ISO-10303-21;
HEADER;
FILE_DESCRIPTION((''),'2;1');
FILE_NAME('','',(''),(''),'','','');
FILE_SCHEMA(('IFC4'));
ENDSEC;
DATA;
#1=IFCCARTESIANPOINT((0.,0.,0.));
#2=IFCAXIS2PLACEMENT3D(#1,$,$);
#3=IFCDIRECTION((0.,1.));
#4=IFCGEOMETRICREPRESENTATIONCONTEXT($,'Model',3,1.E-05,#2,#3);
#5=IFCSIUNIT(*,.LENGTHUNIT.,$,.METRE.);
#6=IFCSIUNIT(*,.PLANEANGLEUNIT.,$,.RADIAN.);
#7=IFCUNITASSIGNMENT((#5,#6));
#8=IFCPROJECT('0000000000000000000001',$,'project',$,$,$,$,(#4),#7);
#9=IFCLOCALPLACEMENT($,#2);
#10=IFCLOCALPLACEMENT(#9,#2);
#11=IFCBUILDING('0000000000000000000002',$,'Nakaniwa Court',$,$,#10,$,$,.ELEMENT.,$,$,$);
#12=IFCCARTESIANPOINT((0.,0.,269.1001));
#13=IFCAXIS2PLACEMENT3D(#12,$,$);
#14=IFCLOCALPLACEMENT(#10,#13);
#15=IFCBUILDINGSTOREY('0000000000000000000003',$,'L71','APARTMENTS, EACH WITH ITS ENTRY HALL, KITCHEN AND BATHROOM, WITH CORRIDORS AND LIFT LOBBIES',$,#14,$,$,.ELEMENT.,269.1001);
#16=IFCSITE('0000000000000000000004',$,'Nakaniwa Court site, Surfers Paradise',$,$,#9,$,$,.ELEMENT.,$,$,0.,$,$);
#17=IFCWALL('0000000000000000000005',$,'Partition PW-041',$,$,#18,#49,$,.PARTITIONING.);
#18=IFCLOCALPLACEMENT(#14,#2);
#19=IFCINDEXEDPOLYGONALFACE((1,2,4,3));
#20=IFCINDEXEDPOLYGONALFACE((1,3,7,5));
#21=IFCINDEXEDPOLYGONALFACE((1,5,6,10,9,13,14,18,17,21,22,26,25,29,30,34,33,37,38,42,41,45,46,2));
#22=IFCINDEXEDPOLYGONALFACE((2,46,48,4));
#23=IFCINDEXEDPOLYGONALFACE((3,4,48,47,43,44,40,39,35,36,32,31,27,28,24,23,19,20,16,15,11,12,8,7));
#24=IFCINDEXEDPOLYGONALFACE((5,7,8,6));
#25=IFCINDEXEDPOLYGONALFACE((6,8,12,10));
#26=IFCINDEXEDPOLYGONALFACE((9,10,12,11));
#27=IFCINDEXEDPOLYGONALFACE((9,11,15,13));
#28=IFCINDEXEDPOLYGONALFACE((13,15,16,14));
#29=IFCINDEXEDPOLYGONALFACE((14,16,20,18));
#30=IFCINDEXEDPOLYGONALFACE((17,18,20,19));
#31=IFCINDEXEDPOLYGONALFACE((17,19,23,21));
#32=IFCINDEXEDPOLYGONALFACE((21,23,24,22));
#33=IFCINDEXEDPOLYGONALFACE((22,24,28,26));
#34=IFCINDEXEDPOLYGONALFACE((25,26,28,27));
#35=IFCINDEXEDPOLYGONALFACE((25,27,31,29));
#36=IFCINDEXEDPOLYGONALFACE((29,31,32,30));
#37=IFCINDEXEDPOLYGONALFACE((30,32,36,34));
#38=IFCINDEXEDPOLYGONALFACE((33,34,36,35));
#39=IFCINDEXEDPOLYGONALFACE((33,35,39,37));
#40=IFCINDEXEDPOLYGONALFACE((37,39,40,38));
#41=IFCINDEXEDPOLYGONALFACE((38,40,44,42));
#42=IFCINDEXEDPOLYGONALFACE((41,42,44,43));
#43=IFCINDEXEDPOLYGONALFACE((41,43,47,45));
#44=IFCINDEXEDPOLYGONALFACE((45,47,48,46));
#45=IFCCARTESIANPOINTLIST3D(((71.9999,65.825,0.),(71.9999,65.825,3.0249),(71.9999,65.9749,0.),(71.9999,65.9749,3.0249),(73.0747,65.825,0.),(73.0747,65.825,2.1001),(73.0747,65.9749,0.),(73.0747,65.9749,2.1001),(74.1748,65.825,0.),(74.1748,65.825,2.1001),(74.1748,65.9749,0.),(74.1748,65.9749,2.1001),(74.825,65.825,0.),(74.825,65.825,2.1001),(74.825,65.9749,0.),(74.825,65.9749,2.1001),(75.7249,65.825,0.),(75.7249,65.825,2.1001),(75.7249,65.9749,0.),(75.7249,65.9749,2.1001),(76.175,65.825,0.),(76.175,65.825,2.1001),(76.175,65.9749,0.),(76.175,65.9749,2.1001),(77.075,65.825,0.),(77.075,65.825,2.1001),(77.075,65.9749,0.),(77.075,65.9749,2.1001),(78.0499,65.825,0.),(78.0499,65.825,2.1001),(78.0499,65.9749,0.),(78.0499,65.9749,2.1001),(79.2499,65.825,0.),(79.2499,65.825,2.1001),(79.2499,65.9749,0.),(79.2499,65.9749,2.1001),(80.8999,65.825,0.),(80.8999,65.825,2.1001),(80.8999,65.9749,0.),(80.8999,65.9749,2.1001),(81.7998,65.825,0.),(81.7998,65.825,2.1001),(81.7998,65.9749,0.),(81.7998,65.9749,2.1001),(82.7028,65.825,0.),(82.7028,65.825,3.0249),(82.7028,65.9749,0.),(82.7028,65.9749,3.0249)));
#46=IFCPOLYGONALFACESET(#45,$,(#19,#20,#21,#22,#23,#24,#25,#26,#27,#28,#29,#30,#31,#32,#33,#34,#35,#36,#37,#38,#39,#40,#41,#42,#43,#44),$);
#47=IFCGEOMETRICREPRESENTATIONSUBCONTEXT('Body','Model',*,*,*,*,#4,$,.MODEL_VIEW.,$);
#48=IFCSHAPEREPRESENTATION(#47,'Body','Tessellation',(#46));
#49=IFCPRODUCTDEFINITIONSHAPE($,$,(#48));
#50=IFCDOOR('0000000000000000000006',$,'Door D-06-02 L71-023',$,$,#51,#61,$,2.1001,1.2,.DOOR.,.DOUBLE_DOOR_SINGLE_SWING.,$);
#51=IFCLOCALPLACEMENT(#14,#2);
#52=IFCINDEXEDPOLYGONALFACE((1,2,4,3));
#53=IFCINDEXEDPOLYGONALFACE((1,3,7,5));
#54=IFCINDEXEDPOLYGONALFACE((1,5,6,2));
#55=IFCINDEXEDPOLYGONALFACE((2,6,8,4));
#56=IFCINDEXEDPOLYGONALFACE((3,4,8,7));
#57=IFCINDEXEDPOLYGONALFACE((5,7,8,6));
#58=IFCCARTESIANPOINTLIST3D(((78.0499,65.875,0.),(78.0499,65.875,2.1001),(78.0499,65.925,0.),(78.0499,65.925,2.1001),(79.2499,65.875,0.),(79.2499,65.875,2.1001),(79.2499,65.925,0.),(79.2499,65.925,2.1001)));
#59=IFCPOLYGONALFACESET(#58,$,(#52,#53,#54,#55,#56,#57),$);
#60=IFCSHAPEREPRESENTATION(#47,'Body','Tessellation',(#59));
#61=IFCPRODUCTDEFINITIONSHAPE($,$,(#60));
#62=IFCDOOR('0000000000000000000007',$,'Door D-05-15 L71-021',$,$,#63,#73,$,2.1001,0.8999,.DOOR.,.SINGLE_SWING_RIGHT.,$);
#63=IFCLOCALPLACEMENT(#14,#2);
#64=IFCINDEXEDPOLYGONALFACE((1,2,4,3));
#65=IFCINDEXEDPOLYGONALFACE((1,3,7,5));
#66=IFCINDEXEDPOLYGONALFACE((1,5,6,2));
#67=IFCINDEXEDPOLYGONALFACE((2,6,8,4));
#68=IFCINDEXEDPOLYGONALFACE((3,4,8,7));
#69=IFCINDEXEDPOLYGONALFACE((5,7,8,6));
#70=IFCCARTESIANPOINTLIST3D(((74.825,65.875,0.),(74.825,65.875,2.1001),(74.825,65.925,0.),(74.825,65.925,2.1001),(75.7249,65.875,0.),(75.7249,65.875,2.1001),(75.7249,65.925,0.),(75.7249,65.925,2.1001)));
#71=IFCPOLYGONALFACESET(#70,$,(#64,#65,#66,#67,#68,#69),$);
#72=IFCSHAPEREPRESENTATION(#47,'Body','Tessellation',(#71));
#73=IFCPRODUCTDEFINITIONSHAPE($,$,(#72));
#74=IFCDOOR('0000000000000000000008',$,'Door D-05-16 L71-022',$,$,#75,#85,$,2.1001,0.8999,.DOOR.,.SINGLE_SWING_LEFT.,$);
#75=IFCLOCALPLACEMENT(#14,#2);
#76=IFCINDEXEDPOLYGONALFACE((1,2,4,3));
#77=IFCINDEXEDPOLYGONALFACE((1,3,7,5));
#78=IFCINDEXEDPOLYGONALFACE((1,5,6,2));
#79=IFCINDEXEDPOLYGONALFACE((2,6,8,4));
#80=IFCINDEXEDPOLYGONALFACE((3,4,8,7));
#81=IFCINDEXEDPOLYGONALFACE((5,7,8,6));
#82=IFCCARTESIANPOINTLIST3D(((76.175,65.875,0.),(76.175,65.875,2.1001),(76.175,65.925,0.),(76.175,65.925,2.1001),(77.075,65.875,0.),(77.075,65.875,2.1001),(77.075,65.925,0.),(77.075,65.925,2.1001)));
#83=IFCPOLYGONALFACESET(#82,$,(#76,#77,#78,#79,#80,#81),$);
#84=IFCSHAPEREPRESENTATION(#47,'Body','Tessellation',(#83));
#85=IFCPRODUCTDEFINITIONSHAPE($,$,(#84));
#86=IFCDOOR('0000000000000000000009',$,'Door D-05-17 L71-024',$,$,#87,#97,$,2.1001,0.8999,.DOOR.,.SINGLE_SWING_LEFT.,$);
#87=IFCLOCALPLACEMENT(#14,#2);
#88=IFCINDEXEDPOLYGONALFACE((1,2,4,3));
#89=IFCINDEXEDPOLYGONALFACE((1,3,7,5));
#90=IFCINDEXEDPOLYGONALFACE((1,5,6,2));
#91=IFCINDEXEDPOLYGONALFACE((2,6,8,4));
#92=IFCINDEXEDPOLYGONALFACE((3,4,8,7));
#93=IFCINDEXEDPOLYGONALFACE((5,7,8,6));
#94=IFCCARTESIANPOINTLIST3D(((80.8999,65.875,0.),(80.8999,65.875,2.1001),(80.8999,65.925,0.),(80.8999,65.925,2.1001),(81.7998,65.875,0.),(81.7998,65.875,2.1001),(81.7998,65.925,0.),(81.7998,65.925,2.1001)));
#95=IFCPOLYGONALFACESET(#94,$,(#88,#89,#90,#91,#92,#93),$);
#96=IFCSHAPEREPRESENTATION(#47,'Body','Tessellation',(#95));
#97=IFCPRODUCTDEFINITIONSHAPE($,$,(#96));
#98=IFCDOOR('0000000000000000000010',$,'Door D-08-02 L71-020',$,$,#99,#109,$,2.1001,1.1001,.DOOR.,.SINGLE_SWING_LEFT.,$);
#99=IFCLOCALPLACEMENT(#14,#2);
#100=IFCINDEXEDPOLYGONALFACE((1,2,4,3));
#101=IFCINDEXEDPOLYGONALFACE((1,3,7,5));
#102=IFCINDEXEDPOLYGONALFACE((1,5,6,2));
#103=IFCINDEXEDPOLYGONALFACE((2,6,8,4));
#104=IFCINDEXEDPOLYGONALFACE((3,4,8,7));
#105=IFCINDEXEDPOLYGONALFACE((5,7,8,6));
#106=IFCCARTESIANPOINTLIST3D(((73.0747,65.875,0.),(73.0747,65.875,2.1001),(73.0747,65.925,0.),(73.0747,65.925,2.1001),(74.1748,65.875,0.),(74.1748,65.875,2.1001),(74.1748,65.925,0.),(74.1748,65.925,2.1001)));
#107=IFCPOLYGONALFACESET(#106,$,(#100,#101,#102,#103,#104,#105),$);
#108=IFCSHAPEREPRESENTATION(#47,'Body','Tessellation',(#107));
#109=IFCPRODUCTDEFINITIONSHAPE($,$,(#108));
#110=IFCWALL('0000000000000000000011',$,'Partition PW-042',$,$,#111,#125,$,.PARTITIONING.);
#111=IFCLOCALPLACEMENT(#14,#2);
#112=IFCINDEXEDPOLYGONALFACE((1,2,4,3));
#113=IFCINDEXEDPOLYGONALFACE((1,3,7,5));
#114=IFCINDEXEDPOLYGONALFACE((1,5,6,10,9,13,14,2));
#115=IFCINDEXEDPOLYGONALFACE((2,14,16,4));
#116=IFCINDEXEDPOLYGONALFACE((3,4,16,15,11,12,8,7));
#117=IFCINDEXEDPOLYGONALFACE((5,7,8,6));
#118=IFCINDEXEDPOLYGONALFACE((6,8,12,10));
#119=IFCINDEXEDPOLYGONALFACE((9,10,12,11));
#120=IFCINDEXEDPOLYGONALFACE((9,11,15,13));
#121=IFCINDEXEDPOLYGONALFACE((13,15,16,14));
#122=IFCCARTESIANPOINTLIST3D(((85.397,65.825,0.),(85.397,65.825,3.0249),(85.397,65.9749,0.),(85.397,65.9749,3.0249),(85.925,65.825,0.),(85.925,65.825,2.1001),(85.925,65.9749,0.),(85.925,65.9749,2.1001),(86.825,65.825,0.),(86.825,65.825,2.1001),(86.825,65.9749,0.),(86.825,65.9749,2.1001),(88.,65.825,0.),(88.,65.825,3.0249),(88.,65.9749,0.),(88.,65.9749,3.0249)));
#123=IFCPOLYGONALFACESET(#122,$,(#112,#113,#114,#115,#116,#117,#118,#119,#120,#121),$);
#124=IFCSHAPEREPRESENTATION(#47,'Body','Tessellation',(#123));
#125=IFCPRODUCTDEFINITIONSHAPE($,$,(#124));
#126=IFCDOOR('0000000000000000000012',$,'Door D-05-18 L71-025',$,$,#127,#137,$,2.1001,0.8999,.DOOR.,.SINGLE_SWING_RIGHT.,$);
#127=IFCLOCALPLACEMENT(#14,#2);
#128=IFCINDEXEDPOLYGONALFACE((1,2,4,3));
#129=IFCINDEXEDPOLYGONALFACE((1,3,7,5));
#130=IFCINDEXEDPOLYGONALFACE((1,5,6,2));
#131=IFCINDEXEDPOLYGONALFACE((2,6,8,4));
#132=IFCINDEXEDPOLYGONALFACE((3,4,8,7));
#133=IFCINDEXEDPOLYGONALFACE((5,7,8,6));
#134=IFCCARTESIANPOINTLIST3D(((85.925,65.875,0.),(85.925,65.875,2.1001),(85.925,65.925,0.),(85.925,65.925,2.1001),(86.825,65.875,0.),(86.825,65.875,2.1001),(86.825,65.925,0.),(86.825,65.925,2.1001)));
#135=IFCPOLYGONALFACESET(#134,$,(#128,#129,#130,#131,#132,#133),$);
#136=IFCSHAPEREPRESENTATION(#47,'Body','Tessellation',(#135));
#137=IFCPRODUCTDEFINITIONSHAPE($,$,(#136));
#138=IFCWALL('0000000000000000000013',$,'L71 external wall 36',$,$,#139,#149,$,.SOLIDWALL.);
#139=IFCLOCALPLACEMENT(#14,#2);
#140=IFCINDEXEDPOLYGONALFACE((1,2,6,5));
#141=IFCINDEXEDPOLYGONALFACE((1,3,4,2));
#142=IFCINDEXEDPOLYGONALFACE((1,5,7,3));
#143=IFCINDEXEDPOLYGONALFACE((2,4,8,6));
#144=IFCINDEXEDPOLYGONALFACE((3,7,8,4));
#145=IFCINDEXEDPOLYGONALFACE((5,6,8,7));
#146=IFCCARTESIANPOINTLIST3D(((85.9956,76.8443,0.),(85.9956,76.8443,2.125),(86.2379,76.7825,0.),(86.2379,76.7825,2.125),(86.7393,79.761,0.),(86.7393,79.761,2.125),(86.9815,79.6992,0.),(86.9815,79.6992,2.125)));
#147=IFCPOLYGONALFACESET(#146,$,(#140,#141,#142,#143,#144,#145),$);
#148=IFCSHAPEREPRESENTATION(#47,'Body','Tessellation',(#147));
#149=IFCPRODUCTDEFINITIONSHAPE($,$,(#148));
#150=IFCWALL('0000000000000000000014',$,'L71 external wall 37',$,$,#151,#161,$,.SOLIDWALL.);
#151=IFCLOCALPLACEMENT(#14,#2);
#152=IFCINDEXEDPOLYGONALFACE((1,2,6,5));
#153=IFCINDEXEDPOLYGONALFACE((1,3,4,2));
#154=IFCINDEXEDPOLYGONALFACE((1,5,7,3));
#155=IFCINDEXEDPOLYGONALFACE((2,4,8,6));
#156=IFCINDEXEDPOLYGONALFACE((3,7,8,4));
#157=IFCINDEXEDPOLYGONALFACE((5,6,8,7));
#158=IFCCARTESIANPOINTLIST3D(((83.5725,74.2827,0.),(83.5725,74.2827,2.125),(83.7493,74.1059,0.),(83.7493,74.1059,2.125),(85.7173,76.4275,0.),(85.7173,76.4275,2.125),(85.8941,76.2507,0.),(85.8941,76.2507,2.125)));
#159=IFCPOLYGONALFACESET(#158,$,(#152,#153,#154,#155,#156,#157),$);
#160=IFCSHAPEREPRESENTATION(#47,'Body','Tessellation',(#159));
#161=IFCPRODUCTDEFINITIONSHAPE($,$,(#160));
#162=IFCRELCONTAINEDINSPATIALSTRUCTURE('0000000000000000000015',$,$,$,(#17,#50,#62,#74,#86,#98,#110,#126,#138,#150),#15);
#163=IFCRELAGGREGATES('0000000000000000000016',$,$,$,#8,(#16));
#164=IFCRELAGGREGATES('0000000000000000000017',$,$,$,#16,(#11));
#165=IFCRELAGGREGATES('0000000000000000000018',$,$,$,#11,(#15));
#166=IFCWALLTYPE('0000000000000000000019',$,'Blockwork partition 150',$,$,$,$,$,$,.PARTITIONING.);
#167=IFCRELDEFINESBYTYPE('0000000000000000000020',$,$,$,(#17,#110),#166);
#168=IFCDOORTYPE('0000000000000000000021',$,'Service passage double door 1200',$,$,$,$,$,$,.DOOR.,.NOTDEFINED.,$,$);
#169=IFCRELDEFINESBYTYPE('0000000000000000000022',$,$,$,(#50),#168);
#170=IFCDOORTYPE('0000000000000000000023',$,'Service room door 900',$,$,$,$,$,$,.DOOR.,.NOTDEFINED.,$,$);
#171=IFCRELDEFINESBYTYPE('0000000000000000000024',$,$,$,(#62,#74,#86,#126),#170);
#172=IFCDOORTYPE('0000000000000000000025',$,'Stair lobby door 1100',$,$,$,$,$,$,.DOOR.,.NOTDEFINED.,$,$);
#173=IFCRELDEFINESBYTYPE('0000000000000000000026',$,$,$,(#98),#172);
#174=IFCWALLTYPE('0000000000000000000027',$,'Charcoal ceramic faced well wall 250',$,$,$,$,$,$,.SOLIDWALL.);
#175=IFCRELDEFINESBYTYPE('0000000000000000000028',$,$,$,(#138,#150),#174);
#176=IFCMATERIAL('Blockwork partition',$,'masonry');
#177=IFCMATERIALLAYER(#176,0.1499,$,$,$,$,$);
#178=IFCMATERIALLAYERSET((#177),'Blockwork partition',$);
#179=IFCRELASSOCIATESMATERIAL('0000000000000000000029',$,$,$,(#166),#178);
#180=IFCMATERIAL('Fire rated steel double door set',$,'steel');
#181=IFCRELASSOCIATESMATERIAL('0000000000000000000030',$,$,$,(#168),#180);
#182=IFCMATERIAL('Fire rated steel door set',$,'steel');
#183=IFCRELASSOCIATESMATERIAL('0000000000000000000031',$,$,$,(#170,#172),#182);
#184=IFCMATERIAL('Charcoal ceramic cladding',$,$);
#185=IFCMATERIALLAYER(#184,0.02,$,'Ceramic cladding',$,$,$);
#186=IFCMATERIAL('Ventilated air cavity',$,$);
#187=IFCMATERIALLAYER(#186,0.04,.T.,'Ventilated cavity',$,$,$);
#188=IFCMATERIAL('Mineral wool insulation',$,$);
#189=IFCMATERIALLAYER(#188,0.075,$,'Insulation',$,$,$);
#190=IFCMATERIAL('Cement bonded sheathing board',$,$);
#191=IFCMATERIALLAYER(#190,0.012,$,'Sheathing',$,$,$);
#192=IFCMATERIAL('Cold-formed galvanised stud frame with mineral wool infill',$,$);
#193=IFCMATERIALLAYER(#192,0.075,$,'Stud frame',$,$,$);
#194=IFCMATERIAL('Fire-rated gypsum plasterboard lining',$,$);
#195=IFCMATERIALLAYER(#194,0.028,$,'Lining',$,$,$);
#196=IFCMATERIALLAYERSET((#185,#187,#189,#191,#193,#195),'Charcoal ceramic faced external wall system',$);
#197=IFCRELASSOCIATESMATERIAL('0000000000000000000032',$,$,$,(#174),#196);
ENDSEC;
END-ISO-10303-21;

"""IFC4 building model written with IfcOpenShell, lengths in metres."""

from ifc_helpers import new_model, si_unit, direction, frame, frame_2d, origin, place, context, subcontext, project, spatial, rectangle, extrude, material, layer, layer_set, type_object, element, fill, save


model = new_model("IFC4")

# Units and contexts
model_context = context("Model", 3, precision=1e-05, world=origin(), true_north=direction((0.0, 1.0)))
body_context = subcontext(model_context, "Body", "Model", "MODEL_VIEW")
ifc_project = project(units=[si_unit("LENGTHUNIT", "METRE"), si_unit("PLANEANGLEUNIT", "RADIAN")], contexts=[model_context])

# Site, building, storey
site_placement = place(None, origin())
site = spatial("IfcSite", under=ifc_project, at=site_placement, Name="Nakaniwa Court site, Surfers Paradise", CompositionType="ELEMENT", RefElevation=0.0)
building_placement = place(site_placement, origin())
building = spatial("IfcBuilding", under=site, at=building_placement, Name="Nakaniwa Court", CompositionType="ELEMENT")
storey_placement = place(building_placement, frame((0.0, 0.0, 269.1001)))
storey = spatial("IfcBuildingStorey", under=building, at=storey_placement, Name="L71", Description="APARTMENTS, EACH WITH ITS ENTRY HALL, KITCHEN AND BATHROOM, WITH CORRIDORS AND LIFT LOBBIES", CompositionType="ELEMENT", Elevation=269.1001)

# Shared definitions
ifc_material_1 = material(Name="Blockwork partition", Category="masonry")
ifc_layer_1 = layer(ifc_material_1, 0.1499)
ifc_layer_set_1 = layer_set([ifc_layer_1], Name="Blockwork partition")
wall_type_1 = type_object("IfcWallType", Name="Blockwork partition 150", PredefinedType="PARTITIONING", material=ifc_layer_set_1)

# Wall, openings, doors
wall_1_placement = place(storey_placement, frame((82.7029, 65.8999, 0.0), z_axis=(0.0, 0.0, 1.0), x_axis=(-1.0, 0.0, 0.0)))
wall_1 = element("IfcWall", 1, at=wall_1_placement, inside=storey, type_object=wall_type_1, Name="Partition PW-041", PredefinedType="PARTITIONING", context=body_context, shape_type="SweptSolid", body=[
    extrude(rectangle(XDim=10.7029, YDim=0.1499, at=frame_2d((5.3516, 0.0))), origin(), (0.0, 0.0, 1.0), 3.0249),
])
opening_1_placement = place(wall_1_placement, frame((8.5281, 0.0, 0.0)))
opening_1 = element("IfcOpeningElement", 2, at=opening_1_placement, cuts=wall_1, PredefinedType="OPENING", context=body_context, shape_type="SweptSolid", body=[
    extrude(rectangle(XDim=1.1001, YDim=2.1001, at=frame_2d((0.55, 1.05))), frame((0.0, 0.085, 0.0), z_axis=(0.0, -1.0, 0.0), x_axis=(1.0, 0.0, 0.0)), (0.0, 0.0, 1.0), 0.1699),
])
opening_2_placement = place(wall_1_placement, frame((6.978, 0.0, 0.0)))
opening_2 = element("IfcOpeningElement", 3, at=opening_2_placement, cuts=wall_1, PredefinedType="OPENING", context=body_context, shape_type="SweptSolid", body=[
    extrude(rectangle(XDim=0.8999, YDim=2.1001, at=frame_2d((0.45, 1.05))), frame((0.0, 0.085, 0.0), z_axis=(0.0, -1.0, 0.0), x_axis=(1.0, 0.0, 0.0)), (0.0, 0.0, 1.0), 0.1699),
])
opening_3_placement = place(wall_1_placement, frame((5.6279, 0.0, 0.0)))
opening_3 = element("IfcOpeningElement", 4, at=opening_3_placement, cuts=wall_1, PredefinedType="OPENING", context=body_context, shape_type="SweptSolid", body=[
    extrude(rectangle(XDim=0.8999, YDim=2.1001, at=frame_2d((0.45, 1.05))), frame((0.0, 0.085, 0.0), z_axis=(0.0, -1.0, 0.0), x_axis=(1.0, 0.0, 0.0)), (0.0, 0.0, 1.0), 0.1699),
])
opening_4_placement = place(wall_1_placement, frame((3.4529, 0.0, 0.0)))
opening_4 = element("IfcOpeningElement", 5, at=opening_4_placement, cuts=wall_1, PredefinedType="OPENING", context=body_context, shape_type="SweptSolid", body=[
    extrude(rectangle(XDim=1.2, YDim=2.1001, at=frame_2d((0.6001, 1.05))), frame((0.0, 0.085, 0.0), z_axis=(0.0, -1.0, 0.0), x_axis=(1.0, 0.0, 0.0)), (0.0, 0.0, 1.0), 0.1699),
])
opening_5_placement = place(wall_1_placement, frame((0.9031, 0.0, 0.0)))
opening_5 = element("IfcOpeningElement", 6, at=opening_5_placement, cuts=wall_1, PredefinedType="OPENING", context=body_context, shape_type="SweptSolid", body=[
    extrude(rectangle(XDim=0.8999, YDim=2.1001, at=frame_2d((0.45, 1.05))), frame((0.0, 0.085, 0.0), z_axis=(0.0, -1.0, 0.0), x_axis=(1.0, 0.0, 0.0)), (0.0, 0.0, 1.0), 0.1699),
])
ifc_material_2 = material(Name="Fire rated steel double door set", Category="steel")
door_type_1 = type_object("IfcDoorType", Name="Service passage double door 1200", OperationType="NOTDEFINED", PredefinedType="DOOR", material=ifc_material_2)
door_1_placement = place(opening_4_placement, origin())
door_1 = element("IfcDoor", 7, at=door_1_placement, inside=storey, type_object=door_type_1, Name="Door D-06-02 L71-023", OperationType="DOUBLE_DOOR_SINGLE_SWING", OverallHeight=2.1001, OverallWidth=1.2, PredefinedType="DOOR", context=body_context, shape_type="SweptSolid", body=[
    extrude(rectangle(XDim=1.2, YDim=2.1001, at=frame_2d((0.6001, 1.05))), frame((0.0, 0.0249, 0.0), z_axis=(0.0, -1.0, 0.0), x_axis=(1.0, 0.0, 0.0)), (0.0, 0.0, 1.0), 0.05),
])
fill(opening_4, door_1)
ifc_material_3 = material(Name="Fire rated steel door set", Category="steel")
door_type_2 = type_object("IfcDoorType", Name="Service room door 900", OperationType="NOTDEFINED", PredefinedType="DOOR", material=ifc_material_3)
door_2_placement = place(opening_2_placement, origin())
door_2 = element("IfcDoor", 8, at=door_2_placement, inside=storey, type_object=door_type_2, Name="Door D-05-15 L71-021", OperationType="SINGLE_SWING_RIGHT", OverallHeight=2.1001, OverallWidth=0.8999, PredefinedType="DOOR", context=body_context, shape_type="SweptSolid", body=[
    extrude(rectangle(XDim=0.8999, YDim=2.1001, at=frame_2d((0.45, 1.05))), frame((0.0, 0.0249, 0.0), z_axis=(0.0, -1.0, 0.0), x_axis=(1.0, 0.0, 0.0)), (0.0, 0.0, 1.0), 0.05),
])
fill(opening_2, door_2)
door_3_placement = place(opening_3_placement, origin())
door_3 = element("IfcDoor", 9, at=door_3_placement, inside=storey, type_object=door_type_2, Name="Door D-05-16 L71-022", OperationType="SINGLE_SWING_LEFT", OverallHeight=2.1001, OverallWidth=0.8999, PredefinedType="DOOR", context=body_context, shape_type="SweptSolid", body=[
    extrude(rectangle(XDim=0.8999, YDim=2.1001, at=frame_2d((0.45, 1.05))), frame((0.0, 0.0249, 0.0), z_axis=(0.0, -1.0, 0.0), x_axis=(1.0, 0.0, 0.0)), (0.0, 0.0, 1.0), 0.05),
])
fill(opening_3, door_3)
door_4_placement = place(opening_5_placement, origin())
door_4 = element("IfcDoor", 10, at=door_4_placement, inside=storey, type_object=door_type_2, Name="Door D-05-17 L71-024", OperationType="SINGLE_SWING_LEFT", OverallHeight=2.1001, OverallWidth=0.8999, PredefinedType="DOOR", context=body_context, shape_type="SweptSolid", body=[
    extrude(rectangle(XDim=0.8999, YDim=2.1001, at=frame_2d((0.45, 1.05))), frame((0.0, 0.0249, 0.0), z_axis=(0.0, -1.0, 0.0), x_axis=(1.0, 0.0, 0.0)), (0.0, 0.0, 1.0), 0.05),
])
fill(opening_5, door_4)
door_type_3 = type_object("IfcDoorType", Name="Stair lobby door 1100", OperationType="NOTDEFINED", PredefinedType="DOOR", material=ifc_material_3)
door_5_placement = place(opening_1_placement, origin())
door_5 = element("IfcDoor", 11, at=door_5_placement, inside=storey, type_object=door_type_3, Name="Door D-08-02 L71-020", OperationType="SINGLE_SWING_LEFT", OverallHeight=2.1001, OverallWidth=1.1001, PredefinedType="DOOR", context=body_context, shape_type="SweptSolid", body=[
    extrude(rectangle(XDim=1.1001, YDim=2.1001, at=frame_2d((0.55, 1.05))), frame((0.0, 0.0249, 0.0), z_axis=(0.0, -1.0, 0.0), x_axis=(1.0, 0.0, 0.0)), (0.0, 0.0, 1.0), 0.05),
])
fill(opening_1, door_5)

# Wall, opening, door
wall_2_placement = place(storey_placement, frame((88.0, 65.8999, 0.0), z_axis=(0.0, 0.0, 1.0), x_axis=(-1.0, 0.0, 0.0)))
wall_2 = element("IfcWall", 12, at=wall_2_placement, inside=storey, type_object=wall_type_1, Name="Partition PW-042", PredefinedType="PARTITIONING", context=body_context, shape_type="SweptSolid", body=[
    extrude(rectangle(XDim=2.603, YDim=0.1499, at=frame_2d((1.3015, 0.0))), origin(), (0.0, 0.0, 1.0), 3.0249),
])
opening_6_placement = place(wall_2_placement, frame((1.175, 0.0, 0.0)))
opening_6 = element("IfcOpeningElement", 13, at=opening_6_placement, cuts=wall_2, PredefinedType="OPENING", context=body_context, shape_type="SweptSolid", body=[
    extrude(rectangle(XDim=0.8999, YDim=2.1001, at=frame_2d((0.45, 1.05))), frame((0.0, 0.085, 0.0), z_axis=(0.0, -1.0, 0.0), x_axis=(1.0, 0.0, 0.0)), (0.0, 0.0, 1.0), 0.1699),
])
door_6_placement = place(opening_6_placement, origin())
door_6 = element("IfcDoor", 14, at=door_6_placement, inside=storey, type_object=door_type_2, Name="Door D-05-18 L71-025", OperationType="SINGLE_SWING_RIGHT", OverallHeight=2.1001, OverallWidth=0.8999, PredefinedType="DOOR", context=body_context, shape_type="SweptSolid", body=[
    extrude(rectangle(XDim=0.8999, YDim=2.1001, at=frame_2d((0.45, 1.05))), frame((0.0, 0.0249, 0.0), z_axis=(0.0, -1.0, 0.0), x_axis=(1.0, 0.0, 0.0)), (0.0, 0.0, 1.0), 0.05),
])
fill(opening_6, door_6)

# Walls
ifc_material_4 = material(Name="Charcoal ceramic cladding")
ifc_layer_2 = layer(ifc_material_4, 0.02, Name="Ceramic cladding")
ifc_material_5 = material(Name="Ventilated air cavity")
ifc_layer_3 = layer(ifc_material_5, 0.04, ventilated=True, Name="Ventilated cavity")
ifc_material_6 = material(Name="Mineral wool insulation")
ifc_layer_4 = layer(ifc_material_6, 0.075, Name="Insulation")
ifc_material_7 = material(Name="Cement bonded sheathing board")
ifc_layer_5 = layer(ifc_material_7, 0.012, Name="Sheathing")
ifc_material_8 = material(Name="Cold-formed galvanised stud frame with mineral wool infill")
ifc_layer_6 = layer(ifc_material_8, 0.075, Name="Stud frame")
ifc_material_9 = material(Name="Fire-rated gypsum plasterboard lining")
ifc_layer_7 = layer(ifc_material_9, 0.028, Name="Lining")
ifc_layer_set_2 = layer_set([ifc_layer_2, ifc_layer_3, ifc_layer_4, ifc_layer_5, ifc_layer_6, ifc_layer_7], Name="Charcoal ceramic faced external wall system")
wall_type_2 = type_object("IfcWallType", Name="Charcoal ceramic faced well wall 250", PredefinedType="SOLIDWALL", material=ifc_layer_set_2)
wall_3_placement = place(storey_placement, frame((86.8604, 79.73, 0.0), z_axis=(0.0, 0.0, 1.0), x_axis=(-0.247056, -0.969001, 0.0)))
element("IfcWall", 15, at=wall_3_placement, inside=storey, type_object=wall_type_2, Name="L71 external wall 36", PredefinedType="SOLIDWALL", context=body_context, shape_type="SweptSolid", body=[
    extrude(rectangle(XDim=3.01, YDim=0.25, at=frame_2d((1.5049, 0.0))), origin(), (0.0, 0.0, 1.0), 2.125),
])
wall_4_placement = place(storey_placement, frame((85.8057, 76.3391, 0.0), z_axis=(0.0, 0.0, 1.0), x_axis=(-0.707107, -0.707107, 0.0)))
element("IfcWall", 16, at=wall_4_placement, inside=storey, type_object=wall_type_2, Name="L71 external wall 37", PredefinedType="SOLIDWALL", context=body_context, shape_type="SweptSolid", body=[
    extrude(rectangle(XDim=3.0332, YDim=0.25, at=frame_2d((1.5166, 0.0))), origin(), (0.0, 0.0, 1.0), 2.125),
])

save(model, "model.ifc")
